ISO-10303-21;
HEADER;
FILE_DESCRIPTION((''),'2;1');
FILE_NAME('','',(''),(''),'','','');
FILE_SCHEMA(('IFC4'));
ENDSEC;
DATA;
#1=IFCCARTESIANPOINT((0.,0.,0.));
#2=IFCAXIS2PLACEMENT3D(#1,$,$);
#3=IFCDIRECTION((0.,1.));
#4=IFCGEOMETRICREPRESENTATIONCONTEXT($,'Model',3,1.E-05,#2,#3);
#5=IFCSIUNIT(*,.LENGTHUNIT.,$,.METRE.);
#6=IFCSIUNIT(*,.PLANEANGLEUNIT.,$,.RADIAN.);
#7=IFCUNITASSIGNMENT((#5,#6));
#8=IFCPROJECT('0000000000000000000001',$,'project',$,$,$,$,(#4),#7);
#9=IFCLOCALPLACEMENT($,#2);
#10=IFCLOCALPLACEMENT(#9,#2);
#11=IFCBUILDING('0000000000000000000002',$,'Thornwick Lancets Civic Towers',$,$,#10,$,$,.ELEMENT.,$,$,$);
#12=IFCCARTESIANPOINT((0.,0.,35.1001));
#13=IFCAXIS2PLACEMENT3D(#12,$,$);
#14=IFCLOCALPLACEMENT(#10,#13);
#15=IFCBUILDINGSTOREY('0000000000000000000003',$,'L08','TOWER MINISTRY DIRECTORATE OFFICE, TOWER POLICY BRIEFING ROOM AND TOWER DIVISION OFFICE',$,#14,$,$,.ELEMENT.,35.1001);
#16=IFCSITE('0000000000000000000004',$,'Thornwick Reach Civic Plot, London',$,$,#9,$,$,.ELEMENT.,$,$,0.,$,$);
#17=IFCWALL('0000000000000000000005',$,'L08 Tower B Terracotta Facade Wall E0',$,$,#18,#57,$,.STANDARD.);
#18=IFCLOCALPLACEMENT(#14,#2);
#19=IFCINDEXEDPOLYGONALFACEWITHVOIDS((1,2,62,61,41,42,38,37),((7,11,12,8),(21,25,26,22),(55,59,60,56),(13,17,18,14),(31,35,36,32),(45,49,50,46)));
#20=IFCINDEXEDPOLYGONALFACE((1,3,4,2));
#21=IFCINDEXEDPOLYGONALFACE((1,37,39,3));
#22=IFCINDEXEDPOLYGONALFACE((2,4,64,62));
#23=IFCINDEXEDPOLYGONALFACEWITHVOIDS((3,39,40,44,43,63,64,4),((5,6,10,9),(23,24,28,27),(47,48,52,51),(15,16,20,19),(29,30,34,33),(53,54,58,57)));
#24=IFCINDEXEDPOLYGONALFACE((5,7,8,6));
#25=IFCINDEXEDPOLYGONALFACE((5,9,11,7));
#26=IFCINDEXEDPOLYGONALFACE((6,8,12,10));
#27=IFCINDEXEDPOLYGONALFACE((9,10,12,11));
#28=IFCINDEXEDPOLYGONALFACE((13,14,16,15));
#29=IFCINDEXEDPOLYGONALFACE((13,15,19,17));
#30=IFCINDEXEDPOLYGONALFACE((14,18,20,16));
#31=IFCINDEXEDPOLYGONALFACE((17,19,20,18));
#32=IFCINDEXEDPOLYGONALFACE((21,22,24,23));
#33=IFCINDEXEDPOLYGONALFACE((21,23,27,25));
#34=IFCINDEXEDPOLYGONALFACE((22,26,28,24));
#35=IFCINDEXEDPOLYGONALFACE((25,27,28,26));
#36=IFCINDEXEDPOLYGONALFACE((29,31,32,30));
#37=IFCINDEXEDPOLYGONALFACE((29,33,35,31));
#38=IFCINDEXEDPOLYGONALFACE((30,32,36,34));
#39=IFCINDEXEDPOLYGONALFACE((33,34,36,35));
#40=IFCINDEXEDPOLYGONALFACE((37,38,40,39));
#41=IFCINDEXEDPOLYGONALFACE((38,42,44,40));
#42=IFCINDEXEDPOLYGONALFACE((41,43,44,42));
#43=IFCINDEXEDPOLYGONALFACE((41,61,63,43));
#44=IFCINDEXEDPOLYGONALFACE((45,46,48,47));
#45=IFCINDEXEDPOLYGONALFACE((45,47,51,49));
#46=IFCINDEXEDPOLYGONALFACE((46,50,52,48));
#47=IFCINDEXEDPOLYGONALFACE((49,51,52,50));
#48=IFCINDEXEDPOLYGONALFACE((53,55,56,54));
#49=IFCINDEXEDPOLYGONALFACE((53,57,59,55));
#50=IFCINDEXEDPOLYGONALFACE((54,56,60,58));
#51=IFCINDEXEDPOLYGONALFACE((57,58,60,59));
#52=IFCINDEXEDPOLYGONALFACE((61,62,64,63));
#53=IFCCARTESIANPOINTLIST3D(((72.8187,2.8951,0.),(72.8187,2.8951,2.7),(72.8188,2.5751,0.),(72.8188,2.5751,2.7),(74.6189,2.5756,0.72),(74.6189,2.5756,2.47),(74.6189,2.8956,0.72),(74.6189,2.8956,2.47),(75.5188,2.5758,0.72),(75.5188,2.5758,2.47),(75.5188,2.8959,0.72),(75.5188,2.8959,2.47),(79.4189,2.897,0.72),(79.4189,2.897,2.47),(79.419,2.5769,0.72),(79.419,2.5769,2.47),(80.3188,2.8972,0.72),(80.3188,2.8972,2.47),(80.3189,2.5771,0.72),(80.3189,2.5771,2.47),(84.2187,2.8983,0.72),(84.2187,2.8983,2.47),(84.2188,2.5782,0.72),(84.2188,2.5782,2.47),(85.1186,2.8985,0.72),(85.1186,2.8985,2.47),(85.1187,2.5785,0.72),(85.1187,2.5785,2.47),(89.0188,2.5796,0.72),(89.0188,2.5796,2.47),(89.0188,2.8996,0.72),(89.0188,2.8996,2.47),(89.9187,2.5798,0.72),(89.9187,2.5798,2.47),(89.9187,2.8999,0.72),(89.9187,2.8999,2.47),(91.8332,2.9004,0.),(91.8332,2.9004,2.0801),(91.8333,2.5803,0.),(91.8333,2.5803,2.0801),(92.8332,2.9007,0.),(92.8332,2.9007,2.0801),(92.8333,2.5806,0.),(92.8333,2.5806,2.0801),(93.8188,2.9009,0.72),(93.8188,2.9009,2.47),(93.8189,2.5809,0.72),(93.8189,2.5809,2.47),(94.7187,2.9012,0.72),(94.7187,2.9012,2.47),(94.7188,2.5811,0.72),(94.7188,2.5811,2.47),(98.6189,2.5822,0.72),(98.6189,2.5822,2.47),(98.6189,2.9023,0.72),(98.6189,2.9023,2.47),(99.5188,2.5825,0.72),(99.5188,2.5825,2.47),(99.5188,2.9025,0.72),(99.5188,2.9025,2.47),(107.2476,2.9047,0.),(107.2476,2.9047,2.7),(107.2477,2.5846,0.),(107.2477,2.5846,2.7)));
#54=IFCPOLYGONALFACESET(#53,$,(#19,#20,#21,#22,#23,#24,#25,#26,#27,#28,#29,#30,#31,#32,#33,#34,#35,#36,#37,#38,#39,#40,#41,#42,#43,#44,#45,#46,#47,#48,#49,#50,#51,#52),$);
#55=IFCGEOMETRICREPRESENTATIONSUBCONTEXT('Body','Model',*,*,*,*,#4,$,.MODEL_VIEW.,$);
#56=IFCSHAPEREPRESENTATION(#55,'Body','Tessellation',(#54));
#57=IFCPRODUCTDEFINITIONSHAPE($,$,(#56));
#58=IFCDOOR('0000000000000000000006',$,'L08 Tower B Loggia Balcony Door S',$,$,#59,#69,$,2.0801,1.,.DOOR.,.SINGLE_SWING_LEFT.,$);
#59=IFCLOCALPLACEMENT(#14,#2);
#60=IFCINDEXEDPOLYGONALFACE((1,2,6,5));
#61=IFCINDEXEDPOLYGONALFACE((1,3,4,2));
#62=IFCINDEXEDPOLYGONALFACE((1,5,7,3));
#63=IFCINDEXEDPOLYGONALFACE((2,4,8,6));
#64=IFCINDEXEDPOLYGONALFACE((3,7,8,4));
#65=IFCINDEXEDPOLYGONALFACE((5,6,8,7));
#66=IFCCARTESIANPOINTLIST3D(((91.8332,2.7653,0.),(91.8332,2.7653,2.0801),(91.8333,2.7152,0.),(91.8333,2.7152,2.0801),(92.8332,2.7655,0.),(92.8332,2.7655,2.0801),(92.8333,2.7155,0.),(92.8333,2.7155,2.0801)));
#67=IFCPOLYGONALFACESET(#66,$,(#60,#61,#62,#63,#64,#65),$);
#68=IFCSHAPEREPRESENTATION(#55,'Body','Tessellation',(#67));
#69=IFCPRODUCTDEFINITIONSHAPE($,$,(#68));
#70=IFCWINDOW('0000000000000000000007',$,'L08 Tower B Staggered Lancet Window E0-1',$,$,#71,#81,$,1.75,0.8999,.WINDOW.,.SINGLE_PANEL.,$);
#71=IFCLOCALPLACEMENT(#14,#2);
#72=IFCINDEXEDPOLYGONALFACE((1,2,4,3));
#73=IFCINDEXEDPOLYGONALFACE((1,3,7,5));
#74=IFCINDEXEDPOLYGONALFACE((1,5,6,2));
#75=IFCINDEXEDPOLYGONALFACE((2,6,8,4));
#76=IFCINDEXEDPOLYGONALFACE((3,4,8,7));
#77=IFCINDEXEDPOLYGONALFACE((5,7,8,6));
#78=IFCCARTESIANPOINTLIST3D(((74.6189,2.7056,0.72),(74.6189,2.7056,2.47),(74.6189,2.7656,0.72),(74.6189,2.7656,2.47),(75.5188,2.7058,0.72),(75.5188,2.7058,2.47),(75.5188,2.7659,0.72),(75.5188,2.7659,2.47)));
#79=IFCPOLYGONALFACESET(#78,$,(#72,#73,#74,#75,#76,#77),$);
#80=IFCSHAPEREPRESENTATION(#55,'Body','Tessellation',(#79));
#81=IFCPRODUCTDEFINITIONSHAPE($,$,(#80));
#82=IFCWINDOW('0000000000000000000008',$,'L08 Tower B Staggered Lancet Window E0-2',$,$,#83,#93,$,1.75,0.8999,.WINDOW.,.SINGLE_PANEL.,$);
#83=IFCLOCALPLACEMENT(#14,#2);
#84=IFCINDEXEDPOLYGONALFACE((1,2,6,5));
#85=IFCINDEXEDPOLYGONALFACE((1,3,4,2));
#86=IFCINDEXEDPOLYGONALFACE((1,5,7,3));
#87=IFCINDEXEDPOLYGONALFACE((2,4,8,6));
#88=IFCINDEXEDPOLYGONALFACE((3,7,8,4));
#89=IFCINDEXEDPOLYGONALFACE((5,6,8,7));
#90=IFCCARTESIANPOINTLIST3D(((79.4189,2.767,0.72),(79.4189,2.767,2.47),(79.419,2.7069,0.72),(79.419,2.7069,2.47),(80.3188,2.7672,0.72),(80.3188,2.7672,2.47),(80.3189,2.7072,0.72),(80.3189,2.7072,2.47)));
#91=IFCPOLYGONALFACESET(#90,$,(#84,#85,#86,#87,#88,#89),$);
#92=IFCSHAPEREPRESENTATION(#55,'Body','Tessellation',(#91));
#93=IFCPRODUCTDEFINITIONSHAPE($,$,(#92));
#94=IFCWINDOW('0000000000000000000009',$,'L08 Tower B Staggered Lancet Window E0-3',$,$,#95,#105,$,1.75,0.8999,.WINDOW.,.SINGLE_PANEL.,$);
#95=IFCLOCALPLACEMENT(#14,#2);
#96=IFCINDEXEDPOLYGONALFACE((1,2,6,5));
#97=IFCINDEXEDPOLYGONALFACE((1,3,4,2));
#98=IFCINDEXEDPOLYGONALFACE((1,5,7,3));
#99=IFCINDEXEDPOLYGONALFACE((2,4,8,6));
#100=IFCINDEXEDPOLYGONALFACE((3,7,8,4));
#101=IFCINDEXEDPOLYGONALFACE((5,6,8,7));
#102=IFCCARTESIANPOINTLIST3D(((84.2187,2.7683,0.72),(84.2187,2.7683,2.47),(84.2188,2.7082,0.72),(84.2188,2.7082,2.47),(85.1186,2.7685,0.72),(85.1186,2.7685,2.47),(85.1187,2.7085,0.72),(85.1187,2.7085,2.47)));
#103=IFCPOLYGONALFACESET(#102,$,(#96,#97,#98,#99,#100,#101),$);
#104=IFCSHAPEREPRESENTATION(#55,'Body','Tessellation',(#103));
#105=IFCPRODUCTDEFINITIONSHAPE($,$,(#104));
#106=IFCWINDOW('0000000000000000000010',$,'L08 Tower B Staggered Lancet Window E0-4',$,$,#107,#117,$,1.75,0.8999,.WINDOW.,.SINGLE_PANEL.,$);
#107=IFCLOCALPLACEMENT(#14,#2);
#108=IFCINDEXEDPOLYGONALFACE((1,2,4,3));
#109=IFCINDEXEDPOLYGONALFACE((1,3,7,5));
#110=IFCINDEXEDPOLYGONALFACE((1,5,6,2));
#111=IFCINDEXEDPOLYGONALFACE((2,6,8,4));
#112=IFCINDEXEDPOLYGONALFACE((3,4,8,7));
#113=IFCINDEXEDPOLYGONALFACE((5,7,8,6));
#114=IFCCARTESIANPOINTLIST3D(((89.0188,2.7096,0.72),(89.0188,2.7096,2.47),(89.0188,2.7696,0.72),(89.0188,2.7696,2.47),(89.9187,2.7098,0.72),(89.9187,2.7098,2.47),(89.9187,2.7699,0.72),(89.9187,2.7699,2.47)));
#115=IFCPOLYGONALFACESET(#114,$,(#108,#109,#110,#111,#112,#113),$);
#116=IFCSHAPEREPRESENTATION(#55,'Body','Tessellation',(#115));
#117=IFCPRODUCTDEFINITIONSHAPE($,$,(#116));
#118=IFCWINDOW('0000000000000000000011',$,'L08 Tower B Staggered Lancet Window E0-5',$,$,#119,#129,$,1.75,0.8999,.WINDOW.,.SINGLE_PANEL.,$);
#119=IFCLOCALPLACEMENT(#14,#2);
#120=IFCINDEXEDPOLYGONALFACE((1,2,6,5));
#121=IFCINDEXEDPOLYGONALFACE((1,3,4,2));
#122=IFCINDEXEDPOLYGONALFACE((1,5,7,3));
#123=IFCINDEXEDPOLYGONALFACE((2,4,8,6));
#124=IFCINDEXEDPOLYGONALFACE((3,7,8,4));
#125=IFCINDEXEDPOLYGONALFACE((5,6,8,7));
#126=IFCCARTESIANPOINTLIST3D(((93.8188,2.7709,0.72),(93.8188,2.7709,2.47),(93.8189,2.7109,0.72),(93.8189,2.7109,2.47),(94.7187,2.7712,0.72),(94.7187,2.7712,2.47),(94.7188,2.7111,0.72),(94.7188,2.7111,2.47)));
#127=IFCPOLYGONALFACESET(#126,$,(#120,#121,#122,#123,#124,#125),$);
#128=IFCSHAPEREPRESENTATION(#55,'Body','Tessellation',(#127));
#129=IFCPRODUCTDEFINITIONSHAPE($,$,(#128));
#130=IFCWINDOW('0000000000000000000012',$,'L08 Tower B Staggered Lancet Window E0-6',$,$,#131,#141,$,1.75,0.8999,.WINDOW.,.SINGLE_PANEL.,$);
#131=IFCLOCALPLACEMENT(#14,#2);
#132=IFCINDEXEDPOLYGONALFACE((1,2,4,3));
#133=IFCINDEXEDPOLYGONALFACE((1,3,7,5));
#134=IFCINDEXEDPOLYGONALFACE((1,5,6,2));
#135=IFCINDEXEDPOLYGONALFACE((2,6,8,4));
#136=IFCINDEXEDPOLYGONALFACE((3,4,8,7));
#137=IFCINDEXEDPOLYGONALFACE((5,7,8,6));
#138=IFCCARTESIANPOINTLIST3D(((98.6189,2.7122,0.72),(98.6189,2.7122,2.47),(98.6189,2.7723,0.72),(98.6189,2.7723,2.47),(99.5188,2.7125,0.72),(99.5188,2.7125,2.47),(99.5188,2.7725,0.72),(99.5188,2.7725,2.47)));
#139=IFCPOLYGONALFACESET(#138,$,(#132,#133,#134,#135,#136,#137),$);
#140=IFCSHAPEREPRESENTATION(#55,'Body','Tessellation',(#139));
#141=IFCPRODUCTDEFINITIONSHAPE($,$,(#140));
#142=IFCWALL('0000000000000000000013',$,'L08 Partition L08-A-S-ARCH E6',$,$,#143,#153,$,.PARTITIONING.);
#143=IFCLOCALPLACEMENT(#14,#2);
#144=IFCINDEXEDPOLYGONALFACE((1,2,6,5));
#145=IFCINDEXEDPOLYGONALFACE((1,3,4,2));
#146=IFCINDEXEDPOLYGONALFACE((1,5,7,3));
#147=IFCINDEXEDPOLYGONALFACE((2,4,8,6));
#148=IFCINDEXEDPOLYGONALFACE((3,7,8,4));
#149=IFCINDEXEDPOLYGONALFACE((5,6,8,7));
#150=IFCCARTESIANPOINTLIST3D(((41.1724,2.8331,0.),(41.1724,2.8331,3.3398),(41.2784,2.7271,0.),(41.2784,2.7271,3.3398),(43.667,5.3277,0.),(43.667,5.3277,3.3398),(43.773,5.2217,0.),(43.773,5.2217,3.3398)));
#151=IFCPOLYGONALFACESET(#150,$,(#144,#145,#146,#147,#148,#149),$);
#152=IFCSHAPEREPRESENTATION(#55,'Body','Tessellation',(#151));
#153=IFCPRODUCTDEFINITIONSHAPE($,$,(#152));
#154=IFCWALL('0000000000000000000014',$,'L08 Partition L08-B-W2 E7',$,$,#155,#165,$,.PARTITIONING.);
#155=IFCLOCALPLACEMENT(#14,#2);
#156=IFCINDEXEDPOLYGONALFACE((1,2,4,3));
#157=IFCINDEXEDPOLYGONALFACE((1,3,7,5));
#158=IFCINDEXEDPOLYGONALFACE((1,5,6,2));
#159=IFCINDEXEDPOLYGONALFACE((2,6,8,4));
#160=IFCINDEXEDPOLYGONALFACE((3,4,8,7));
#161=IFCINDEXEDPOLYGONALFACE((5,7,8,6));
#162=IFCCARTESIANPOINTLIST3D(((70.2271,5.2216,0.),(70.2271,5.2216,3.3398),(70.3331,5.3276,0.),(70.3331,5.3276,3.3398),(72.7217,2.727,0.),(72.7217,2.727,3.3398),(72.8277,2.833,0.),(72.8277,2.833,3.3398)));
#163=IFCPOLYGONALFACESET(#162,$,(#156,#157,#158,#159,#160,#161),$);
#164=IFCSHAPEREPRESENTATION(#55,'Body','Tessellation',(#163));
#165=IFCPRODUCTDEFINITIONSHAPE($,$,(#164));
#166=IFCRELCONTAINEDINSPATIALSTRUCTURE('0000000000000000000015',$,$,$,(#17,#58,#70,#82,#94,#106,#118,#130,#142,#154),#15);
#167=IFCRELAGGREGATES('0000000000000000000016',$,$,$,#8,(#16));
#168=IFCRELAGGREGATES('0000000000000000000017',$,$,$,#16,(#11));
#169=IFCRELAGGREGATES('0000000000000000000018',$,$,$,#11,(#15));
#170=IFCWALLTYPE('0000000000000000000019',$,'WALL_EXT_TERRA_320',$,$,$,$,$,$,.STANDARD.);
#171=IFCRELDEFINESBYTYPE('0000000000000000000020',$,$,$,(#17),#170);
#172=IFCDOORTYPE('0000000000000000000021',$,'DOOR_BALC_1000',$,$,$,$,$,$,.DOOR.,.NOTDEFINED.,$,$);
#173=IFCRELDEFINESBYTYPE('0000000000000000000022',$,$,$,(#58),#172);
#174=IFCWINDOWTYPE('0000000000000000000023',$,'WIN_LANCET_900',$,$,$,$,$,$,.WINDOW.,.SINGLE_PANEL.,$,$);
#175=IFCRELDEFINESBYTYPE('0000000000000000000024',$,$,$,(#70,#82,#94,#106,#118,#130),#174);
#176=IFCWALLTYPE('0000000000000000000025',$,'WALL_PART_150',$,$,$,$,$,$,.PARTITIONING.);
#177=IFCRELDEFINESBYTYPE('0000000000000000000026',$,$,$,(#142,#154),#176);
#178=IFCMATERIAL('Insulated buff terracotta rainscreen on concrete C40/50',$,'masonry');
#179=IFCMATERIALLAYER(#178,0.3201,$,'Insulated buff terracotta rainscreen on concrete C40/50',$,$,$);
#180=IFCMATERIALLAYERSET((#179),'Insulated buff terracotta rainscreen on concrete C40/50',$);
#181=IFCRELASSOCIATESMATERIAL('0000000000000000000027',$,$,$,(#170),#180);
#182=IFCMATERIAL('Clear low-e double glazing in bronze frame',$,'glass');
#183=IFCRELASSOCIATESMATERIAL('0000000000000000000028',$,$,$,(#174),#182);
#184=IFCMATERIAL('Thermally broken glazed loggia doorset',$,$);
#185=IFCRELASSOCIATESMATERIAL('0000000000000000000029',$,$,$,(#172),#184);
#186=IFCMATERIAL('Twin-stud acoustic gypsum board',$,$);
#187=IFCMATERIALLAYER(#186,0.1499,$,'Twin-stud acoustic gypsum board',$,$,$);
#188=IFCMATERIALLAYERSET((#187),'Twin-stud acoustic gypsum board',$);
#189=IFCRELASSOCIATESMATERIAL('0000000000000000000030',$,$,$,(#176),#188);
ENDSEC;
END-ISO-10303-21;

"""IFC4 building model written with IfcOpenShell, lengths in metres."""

from ifc_helpers import new_model, si_unit, direction, frame, frame_2d, origin, place, context, subcontext, project, spatial, rectangle, extrude, material, layer, layer_set, type_object, element, fill, save


model = new_model("IFC4")

# Units and contexts
model_context = context("Model", 3, precision=1e-05, world=origin(), true_north=direction((0.0, 1.0)))
body_context = subcontext(model_context, "Body", "Model", "MODEL_VIEW")
ifc_project = project(units=[si_unit("LENGTHUNIT", "METRE"), si_unit("PLANEANGLEUNIT", "RADIAN")], contexts=[model_context])

# Site, building, storey
site_placement = place(None, origin())
site = spatial("IfcSite", under=ifc_project, at=site_placement, Name="Thornwick Reach Civic Plot, London", CompositionType="ELEMENT", RefElevation=0.0)
building_placement = place(site_placement, origin())
building = spatial("IfcBuilding", under=site, at=building_placement, Name="Thornwick Lancets Civic Towers", CompositionType="ELEMENT")
storey_placement = place(building_placement, frame((0.0, 0.0, 35.1001)))
storey = spatial("IfcBuildingStorey", under=building, at=storey_placement, Name="L08", Description="TOWER MINISTRY DIRECTORATE OFFICE, TOWER POLICY BRIEFING ROOM AND TOWER DIVISION OFFICE", CompositionType="ELEMENT", Elevation=35.1001)

# Shared definitions
ifc_material_1 = material(Name="Insulated buff terracotta rainscreen on concrete C40/50", Category="masonry")
ifc_layer_1 = layer(ifc_material_1, 0.3201, Name="Insulated buff terracotta rainscreen on concrete C40/50")
ifc_layer_set_1 = layer_set([ifc_layer_1], Name="Insulated buff terracotta rainscreen on concrete C40/50")
wall_type_1 = type_object("IfcWallType", Name="WALL_EXT_TERRA_320", PredefinedType="STANDARD", material=ifc_layer_set_1)
ifc_material_2 = material(Name="Clear low-e double glazing in bronze frame", Category="glass")
window_type = type_object("IfcWindowType", Name="WIN_LANCET_900", PartitioningType="SINGLE_PANEL", PredefinedType="WINDOW", material=ifc_material_2)

# Wall, openings, door, windows
wall_1_placement = place(storey_placement, frame((72.8188, 2.7351, 0.0), z_axis=(0.0, 0.0, 1.0), x_axis=(1.0, 0.000277, 0.0)))
wall_1 = element("IfcWall", 1, at=wall_1_placement, inside=storey, type_object=wall_type_1, Name="L08 Tower B Terracotta Facade Wall E0", PredefinedType="STANDARD", context=body_context, shape_type="SweptSolid", body=[
    extrude(rectangle(XDim=34.429, YDim=0.3201, at=frame_2d((17.2144, 0.0))), origin(), (0.0, 0.0, 1.0), 2.7),
])
opening_1_placement = place(wall_1_placement, frame((19.0144, 0.0, 0.0)))
opening_1 = element("IfcOpeningElement", 2, at=opening_1_placement, cuts=wall_1, PredefinedType="OPENING", context=body_context, shape_type="SweptSolid", body=[
    extrude(rectangle(XDim=1.0, YDim=2.0801, at=frame_2d((0.5, 1.04))), frame((0.0, 0.1699, 0.0), z_axis=(0.0, -1.0, 0.0), x_axis=(1.0, 0.0, 0.0)), (0.0, 0.0, 1.0), 0.3401),
])
opening_2_placement = place(wall_1_placement, frame((1.8, 0.0, 0.72)))
opening_2 = element("IfcOpeningElement", 3, at=opening_2_placement, cuts=wall_1, PredefinedType="OPENING", context=body_context, shape_type="SweptSolid", body=[
    extrude(rectangle(XDim=0.8999, YDim=1.75, at=frame_2d((0.45, 0.875))), frame((0.0, 0.1699, 0.0), z_axis=(0.0, -1.0, 0.0), x_axis=(1.0, 0.0, 0.0)), (0.0, 0.0, 1.0), 0.3401),
])
opening_3_placement = place(wall_1_placement, frame((6.6001, 0.0, 0.72)))
opening_3 = element("IfcOpeningElement", 4, at=opening_3_placement, cuts=wall_1, PredefinedType="OPENING", context=body_context, shape_type="SweptSolid", body=[
    extrude(rectangle(XDim=0.8999, YDim=1.75, at=frame_2d((0.45, 0.875))), frame((0.0, 0.1699, 0.0), z_axis=(0.0, -1.0, 0.0), x_axis=(1.0, 0.0, 0.0)), (0.0, 0.0, 1.0), 0.3401),
])
opening_4_placement = place(wall_1_placement, frame((11.3999, 0.0, 0.72)))
opening_4 = element("IfcOpeningElement", 5, at=opening_4_placement, cuts=wall_1, PredefinedType="OPENING", context=body_context, shape_type="SweptSolid", body=[
    extrude(rectangle(XDim=0.8999, YDim=1.75, at=frame_2d((0.45, 0.875))), frame((0.0, 0.1699, 0.0), z_axis=(0.0, -1.0, 0.0), x_axis=(1.0, 0.0, 0.0)), (0.0, 0.0, 1.0), 0.3401),
])
opening_5_placement = place(wall_1_placement, frame((16.2, 0.0, 0.72)))
opening_5 = element("IfcOpeningElement", 6, at=opening_5_placement, cuts=wall_1, PredefinedType="OPENING", context=body_context, shape_type="SweptSolid", body=[
    extrude(rectangle(XDim=0.8999, YDim=1.75, at=frame_2d((0.45, 0.875))), frame((0.0, 0.1699, 0.0), z_axis=(0.0, -1.0, 0.0), x_axis=(1.0, 0.0, 0.0)), (0.0, 0.0, 1.0), 0.3401),
])
opening_6_placement = place(wall_1_placement, frame((21.0, 0.0, 0.72)))
opening_6 = element("IfcOpeningElement", 7, at=opening_6_placement, cuts=wall_1, PredefinedType="OPENING", context=body_context, shape_type="SweptSolid", body=[
    extrude(rectangle(XDim=0.8999, YDim=1.75, at=frame_2d((0.45, 0.875))), frame((0.0, 0.1699, 0.0), z_axis=(0.0, -1.0, 0.0), x_axis=(1.0, 0.0, 0.0)), (0.0, 0.0, 1.0), 0.3401),
])
opening_7_placement = place(wall_1_placement, frame((25.8, 0.0, 0.72)))
opening_7 = element("IfcOpeningElement", 8, at=opening_7_placement, cuts=wall_1, PredefinedType="OPENING", context=body_context, shape_type="SweptSolid", body=[
    extrude(rectangle(XDim=0.8999, YDim=1.75, at=frame_2d((0.45, 0.875))), frame((0.0, 0.1699, 0.0), z_axis=(0.0, -1.0, 0.0), x_axis=(1.0, 0.0, 0.0)), (0.0, 0.0, 1.0), 0.3401),
])
ifc_material_3 = material(Name="Thermally broken glazed loggia doorset")
door_type = type_object("IfcDoorType", Name="DOOR_BALC_1000", OperationType="NOTDEFINED", PredefinedType="DOOR", material=ifc_material_3)
door_placement = place(opening_1_placement, origin())
door = element("IfcDoor", 9, at=door_placement, inside=storey, type_object=door_type, Name="L08 Tower B Loggia Balcony Door S", OperationType="SINGLE_SWING_LEFT", OverallHeight=2.0801, OverallWidth=1.0, PredefinedType="DOOR", context=body_context, shape_type="SweptSolid", body=[
    extrude(rectangle(XDim=1.0, YDim=2.0801, at=frame_2d((0.5, 1.04))), frame((0.0, 0.0249, 0.0), z_axis=(0.0, -1.0, 0.0), x_axis=(1.0, 0.0, 0.0)), (0.0, 0.0, 1.0), 0.05),
])
fill(opening_1, door)
window_1_placement = place(opening_2_placement, origin())
window_1 = element("IfcWindow", 10, at=window_1_placement, inside=storey, type_object=window_type, Name="L08 Tower B Staggered Lancet Window E0-1", OverallHeight=1.75, OverallWidth=0.8999, PartitioningType="SINGLE_PANEL", PredefinedType="WINDOW", context=body_context, shape_type="SweptSolid", body=[
    extrude(rectangle(XDim=0.8999, YDim=1.75, at=frame_2d((0.45, 0.875))), frame((0.0, 0.03, 0.0), z_axis=(0.0, -1.0, 0.0), x_axis=(1.0, 0.0, 0.0)), (0.0, 0.0, 1.0), 0.0601),
])
fill(opening_2, window_1)
window_2_placement = place(opening_3_placement, origin())
window_2 = element("IfcWindow", 11, at=window_2_placement, inside=storey, type_object=window_type, Name="L08 Tower B Staggered Lancet Window E0-2", OverallHeight=1.75, OverallWidth=0.8999, PartitioningType="SINGLE_PANEL", PredefinedType="WINDOW", context=body_context, shape_type="SweptSolid", body=[
    extrude(rectangle(XDim=0.8999, YDim=1.75, at=frame_2d((0.45, 0.875))), frame((0.0, 0.03, 0.0), z_axis=(0.0, -1.0, 0.0), x_axis=(1.0, 0.0, 0.0)), (0.0, 0.0, 1.0), 0.0601),
])
fill(opening_3, window_2)
window_3_placement = place(opening_4_placement, origin())
window_3 = element("IfcWindow", 12, at=window_3_placement, inside=storey, type_object=window_type, Name="L08 Tower B Staggered Lancet Window E0-3", OverallHeight=1.75, OverallWidth=0.8999, PartitioningType="SINGLE_PANEL", PredefinedType="WINDOW", context=body_context, shape_type="SweptSolid", body=[
    extrude(rectangle(XDim=0.8999, YDim=1.75, at=frame_2d((0.45, 0.875))), frame((0.0, 0.03, 0.0), z_axis=(0.0, -1.0, 0.0), x_axis=(1.0, 0.0, 0.0)), (0.0, 0.0, 1.0), 0.0601),
])
fill(opening_4, window_3)
window_4_placement = place(opening_5_placement, origin())
window_4 = element("IfcWindow", 13, at=window_4_placement, inside=storey, type_object=window_type, Name="L08 Tower B Staggered Lancet Window E0-4", OverallHeight=1.75, OverallWidth=0.8999, PartitioningType="SINGLE_PANEL", PredefinedType="WINDOW", context=body_context, shape_type="SweptSolid", body=[
    extrude(rectangle(XDim=0.8999, YDim=1.75, at=frame_2d((0.45, 0.875))), frame((0.0, 0.03, 0.0), z_axis=(0.0, -1.0, 0.0), x_axis=(1.0, 0.0, 0.0)), (0.0, 0.0, 1.0), 0.0601),
])
fill(opening_5, window_4)
window_5_placement = place(opening_6_placement, origin())
window_5 = element("IfcWindow", 14, at=window_5_placement, inside=storey, type_object=window_type, Name="L08 Tower B Staggered Lancet Window E0-5", OverallHeight=1.75, OverallWidth=0.8999, PartitioningType="SINGLE_PANEL", PredefinedType="WINDOW", context=body_context, shape_type="SweptSolid", body=[
    extrude(rectangle(XDim=0.8999, YDim=1.75, at=frame_2d((0.45, 0.875))), frame((0.0, 0.03, 0.0), z_axis=(0.0, -1.0, 0.0), x_axis=(1.0, 0.0, 0.0)), (0.0, 0.0, 1.0), 0.0601),
])
fill(opening_6, window_5)
window_6_placement = place(opening_7_placement, origin())
window_6 = element("IfcWindow", 15, at=window_6_placement, inside=storey, type_object=window_type, Name="L08 Tower B Staggered Lancet Window E0-6", OverallHeight=1.75, OverallWidth=0.8999, PartitioningType="SINGLE_PANEL", PredefinedType="WINDOW", context=body_context, shape_type="SweptSolid", body=[
    extrude(rectangle(XDim=0.8999, YDim=1.75, at=frame_2d((0.45, 0.875))), frame((0.0, 0.03, 0.0), z_axis=(0.0, -1.0, 0.0), x_axis=(1.0, 0.0, 0.0)), (0.0, 0.0, 1.0), 0.0601),
])
fill(opening_7, window_6)

# Walls
ifc_material_4 = material(Name="Twin-stud acoustic gypsum board")
ifc_layer_2 = layer(ifc_material_4, 0.1499, Name="Twin-stud acoustic gypsum board")
ifc_layer_set_2 = layer_set([ifc_layer_2], Name="Twin-stud acoustic gypsum board")
wall_type_2 = type_object("IfcWallType", Name="WALL_PART_150", PredefinedType="PARTITIONING", material=ifc_layer_set_2)
for number, where, z_axis, x_axis, name in (
    (16, (43.72, 5.2747, 0.0), (0.0, 0.0, 1.0), (-0.707107, -0.707107, 0.0), "L08 Partition L08-A-S-ARCH E6"),
    (17, (72.7747, 2.78, 0.0), (0.0, 0.0, 1.0), (-0.707107, 0.707107, 0.0), "L08 Partition L08-B-W2 E7"),
):
    element("IfcWall", number, at=place(storey_placement, frame(where, z_axis=z_axis, x_axis=x_axis)), inside=storey, type_object=wall_type_2, Name=name, PredefinedType="PARTITIONING", context=body_context, shape_type="SweptSolid", body=[
        extrude(rectangle(XDim=3.5278, YDim=0.1499, at=frame_2d((1.7639, 0.0))), origin(), (0.0, 0.0, 1.0), 3.3398),
    ])

save(model, "model.ifc")
